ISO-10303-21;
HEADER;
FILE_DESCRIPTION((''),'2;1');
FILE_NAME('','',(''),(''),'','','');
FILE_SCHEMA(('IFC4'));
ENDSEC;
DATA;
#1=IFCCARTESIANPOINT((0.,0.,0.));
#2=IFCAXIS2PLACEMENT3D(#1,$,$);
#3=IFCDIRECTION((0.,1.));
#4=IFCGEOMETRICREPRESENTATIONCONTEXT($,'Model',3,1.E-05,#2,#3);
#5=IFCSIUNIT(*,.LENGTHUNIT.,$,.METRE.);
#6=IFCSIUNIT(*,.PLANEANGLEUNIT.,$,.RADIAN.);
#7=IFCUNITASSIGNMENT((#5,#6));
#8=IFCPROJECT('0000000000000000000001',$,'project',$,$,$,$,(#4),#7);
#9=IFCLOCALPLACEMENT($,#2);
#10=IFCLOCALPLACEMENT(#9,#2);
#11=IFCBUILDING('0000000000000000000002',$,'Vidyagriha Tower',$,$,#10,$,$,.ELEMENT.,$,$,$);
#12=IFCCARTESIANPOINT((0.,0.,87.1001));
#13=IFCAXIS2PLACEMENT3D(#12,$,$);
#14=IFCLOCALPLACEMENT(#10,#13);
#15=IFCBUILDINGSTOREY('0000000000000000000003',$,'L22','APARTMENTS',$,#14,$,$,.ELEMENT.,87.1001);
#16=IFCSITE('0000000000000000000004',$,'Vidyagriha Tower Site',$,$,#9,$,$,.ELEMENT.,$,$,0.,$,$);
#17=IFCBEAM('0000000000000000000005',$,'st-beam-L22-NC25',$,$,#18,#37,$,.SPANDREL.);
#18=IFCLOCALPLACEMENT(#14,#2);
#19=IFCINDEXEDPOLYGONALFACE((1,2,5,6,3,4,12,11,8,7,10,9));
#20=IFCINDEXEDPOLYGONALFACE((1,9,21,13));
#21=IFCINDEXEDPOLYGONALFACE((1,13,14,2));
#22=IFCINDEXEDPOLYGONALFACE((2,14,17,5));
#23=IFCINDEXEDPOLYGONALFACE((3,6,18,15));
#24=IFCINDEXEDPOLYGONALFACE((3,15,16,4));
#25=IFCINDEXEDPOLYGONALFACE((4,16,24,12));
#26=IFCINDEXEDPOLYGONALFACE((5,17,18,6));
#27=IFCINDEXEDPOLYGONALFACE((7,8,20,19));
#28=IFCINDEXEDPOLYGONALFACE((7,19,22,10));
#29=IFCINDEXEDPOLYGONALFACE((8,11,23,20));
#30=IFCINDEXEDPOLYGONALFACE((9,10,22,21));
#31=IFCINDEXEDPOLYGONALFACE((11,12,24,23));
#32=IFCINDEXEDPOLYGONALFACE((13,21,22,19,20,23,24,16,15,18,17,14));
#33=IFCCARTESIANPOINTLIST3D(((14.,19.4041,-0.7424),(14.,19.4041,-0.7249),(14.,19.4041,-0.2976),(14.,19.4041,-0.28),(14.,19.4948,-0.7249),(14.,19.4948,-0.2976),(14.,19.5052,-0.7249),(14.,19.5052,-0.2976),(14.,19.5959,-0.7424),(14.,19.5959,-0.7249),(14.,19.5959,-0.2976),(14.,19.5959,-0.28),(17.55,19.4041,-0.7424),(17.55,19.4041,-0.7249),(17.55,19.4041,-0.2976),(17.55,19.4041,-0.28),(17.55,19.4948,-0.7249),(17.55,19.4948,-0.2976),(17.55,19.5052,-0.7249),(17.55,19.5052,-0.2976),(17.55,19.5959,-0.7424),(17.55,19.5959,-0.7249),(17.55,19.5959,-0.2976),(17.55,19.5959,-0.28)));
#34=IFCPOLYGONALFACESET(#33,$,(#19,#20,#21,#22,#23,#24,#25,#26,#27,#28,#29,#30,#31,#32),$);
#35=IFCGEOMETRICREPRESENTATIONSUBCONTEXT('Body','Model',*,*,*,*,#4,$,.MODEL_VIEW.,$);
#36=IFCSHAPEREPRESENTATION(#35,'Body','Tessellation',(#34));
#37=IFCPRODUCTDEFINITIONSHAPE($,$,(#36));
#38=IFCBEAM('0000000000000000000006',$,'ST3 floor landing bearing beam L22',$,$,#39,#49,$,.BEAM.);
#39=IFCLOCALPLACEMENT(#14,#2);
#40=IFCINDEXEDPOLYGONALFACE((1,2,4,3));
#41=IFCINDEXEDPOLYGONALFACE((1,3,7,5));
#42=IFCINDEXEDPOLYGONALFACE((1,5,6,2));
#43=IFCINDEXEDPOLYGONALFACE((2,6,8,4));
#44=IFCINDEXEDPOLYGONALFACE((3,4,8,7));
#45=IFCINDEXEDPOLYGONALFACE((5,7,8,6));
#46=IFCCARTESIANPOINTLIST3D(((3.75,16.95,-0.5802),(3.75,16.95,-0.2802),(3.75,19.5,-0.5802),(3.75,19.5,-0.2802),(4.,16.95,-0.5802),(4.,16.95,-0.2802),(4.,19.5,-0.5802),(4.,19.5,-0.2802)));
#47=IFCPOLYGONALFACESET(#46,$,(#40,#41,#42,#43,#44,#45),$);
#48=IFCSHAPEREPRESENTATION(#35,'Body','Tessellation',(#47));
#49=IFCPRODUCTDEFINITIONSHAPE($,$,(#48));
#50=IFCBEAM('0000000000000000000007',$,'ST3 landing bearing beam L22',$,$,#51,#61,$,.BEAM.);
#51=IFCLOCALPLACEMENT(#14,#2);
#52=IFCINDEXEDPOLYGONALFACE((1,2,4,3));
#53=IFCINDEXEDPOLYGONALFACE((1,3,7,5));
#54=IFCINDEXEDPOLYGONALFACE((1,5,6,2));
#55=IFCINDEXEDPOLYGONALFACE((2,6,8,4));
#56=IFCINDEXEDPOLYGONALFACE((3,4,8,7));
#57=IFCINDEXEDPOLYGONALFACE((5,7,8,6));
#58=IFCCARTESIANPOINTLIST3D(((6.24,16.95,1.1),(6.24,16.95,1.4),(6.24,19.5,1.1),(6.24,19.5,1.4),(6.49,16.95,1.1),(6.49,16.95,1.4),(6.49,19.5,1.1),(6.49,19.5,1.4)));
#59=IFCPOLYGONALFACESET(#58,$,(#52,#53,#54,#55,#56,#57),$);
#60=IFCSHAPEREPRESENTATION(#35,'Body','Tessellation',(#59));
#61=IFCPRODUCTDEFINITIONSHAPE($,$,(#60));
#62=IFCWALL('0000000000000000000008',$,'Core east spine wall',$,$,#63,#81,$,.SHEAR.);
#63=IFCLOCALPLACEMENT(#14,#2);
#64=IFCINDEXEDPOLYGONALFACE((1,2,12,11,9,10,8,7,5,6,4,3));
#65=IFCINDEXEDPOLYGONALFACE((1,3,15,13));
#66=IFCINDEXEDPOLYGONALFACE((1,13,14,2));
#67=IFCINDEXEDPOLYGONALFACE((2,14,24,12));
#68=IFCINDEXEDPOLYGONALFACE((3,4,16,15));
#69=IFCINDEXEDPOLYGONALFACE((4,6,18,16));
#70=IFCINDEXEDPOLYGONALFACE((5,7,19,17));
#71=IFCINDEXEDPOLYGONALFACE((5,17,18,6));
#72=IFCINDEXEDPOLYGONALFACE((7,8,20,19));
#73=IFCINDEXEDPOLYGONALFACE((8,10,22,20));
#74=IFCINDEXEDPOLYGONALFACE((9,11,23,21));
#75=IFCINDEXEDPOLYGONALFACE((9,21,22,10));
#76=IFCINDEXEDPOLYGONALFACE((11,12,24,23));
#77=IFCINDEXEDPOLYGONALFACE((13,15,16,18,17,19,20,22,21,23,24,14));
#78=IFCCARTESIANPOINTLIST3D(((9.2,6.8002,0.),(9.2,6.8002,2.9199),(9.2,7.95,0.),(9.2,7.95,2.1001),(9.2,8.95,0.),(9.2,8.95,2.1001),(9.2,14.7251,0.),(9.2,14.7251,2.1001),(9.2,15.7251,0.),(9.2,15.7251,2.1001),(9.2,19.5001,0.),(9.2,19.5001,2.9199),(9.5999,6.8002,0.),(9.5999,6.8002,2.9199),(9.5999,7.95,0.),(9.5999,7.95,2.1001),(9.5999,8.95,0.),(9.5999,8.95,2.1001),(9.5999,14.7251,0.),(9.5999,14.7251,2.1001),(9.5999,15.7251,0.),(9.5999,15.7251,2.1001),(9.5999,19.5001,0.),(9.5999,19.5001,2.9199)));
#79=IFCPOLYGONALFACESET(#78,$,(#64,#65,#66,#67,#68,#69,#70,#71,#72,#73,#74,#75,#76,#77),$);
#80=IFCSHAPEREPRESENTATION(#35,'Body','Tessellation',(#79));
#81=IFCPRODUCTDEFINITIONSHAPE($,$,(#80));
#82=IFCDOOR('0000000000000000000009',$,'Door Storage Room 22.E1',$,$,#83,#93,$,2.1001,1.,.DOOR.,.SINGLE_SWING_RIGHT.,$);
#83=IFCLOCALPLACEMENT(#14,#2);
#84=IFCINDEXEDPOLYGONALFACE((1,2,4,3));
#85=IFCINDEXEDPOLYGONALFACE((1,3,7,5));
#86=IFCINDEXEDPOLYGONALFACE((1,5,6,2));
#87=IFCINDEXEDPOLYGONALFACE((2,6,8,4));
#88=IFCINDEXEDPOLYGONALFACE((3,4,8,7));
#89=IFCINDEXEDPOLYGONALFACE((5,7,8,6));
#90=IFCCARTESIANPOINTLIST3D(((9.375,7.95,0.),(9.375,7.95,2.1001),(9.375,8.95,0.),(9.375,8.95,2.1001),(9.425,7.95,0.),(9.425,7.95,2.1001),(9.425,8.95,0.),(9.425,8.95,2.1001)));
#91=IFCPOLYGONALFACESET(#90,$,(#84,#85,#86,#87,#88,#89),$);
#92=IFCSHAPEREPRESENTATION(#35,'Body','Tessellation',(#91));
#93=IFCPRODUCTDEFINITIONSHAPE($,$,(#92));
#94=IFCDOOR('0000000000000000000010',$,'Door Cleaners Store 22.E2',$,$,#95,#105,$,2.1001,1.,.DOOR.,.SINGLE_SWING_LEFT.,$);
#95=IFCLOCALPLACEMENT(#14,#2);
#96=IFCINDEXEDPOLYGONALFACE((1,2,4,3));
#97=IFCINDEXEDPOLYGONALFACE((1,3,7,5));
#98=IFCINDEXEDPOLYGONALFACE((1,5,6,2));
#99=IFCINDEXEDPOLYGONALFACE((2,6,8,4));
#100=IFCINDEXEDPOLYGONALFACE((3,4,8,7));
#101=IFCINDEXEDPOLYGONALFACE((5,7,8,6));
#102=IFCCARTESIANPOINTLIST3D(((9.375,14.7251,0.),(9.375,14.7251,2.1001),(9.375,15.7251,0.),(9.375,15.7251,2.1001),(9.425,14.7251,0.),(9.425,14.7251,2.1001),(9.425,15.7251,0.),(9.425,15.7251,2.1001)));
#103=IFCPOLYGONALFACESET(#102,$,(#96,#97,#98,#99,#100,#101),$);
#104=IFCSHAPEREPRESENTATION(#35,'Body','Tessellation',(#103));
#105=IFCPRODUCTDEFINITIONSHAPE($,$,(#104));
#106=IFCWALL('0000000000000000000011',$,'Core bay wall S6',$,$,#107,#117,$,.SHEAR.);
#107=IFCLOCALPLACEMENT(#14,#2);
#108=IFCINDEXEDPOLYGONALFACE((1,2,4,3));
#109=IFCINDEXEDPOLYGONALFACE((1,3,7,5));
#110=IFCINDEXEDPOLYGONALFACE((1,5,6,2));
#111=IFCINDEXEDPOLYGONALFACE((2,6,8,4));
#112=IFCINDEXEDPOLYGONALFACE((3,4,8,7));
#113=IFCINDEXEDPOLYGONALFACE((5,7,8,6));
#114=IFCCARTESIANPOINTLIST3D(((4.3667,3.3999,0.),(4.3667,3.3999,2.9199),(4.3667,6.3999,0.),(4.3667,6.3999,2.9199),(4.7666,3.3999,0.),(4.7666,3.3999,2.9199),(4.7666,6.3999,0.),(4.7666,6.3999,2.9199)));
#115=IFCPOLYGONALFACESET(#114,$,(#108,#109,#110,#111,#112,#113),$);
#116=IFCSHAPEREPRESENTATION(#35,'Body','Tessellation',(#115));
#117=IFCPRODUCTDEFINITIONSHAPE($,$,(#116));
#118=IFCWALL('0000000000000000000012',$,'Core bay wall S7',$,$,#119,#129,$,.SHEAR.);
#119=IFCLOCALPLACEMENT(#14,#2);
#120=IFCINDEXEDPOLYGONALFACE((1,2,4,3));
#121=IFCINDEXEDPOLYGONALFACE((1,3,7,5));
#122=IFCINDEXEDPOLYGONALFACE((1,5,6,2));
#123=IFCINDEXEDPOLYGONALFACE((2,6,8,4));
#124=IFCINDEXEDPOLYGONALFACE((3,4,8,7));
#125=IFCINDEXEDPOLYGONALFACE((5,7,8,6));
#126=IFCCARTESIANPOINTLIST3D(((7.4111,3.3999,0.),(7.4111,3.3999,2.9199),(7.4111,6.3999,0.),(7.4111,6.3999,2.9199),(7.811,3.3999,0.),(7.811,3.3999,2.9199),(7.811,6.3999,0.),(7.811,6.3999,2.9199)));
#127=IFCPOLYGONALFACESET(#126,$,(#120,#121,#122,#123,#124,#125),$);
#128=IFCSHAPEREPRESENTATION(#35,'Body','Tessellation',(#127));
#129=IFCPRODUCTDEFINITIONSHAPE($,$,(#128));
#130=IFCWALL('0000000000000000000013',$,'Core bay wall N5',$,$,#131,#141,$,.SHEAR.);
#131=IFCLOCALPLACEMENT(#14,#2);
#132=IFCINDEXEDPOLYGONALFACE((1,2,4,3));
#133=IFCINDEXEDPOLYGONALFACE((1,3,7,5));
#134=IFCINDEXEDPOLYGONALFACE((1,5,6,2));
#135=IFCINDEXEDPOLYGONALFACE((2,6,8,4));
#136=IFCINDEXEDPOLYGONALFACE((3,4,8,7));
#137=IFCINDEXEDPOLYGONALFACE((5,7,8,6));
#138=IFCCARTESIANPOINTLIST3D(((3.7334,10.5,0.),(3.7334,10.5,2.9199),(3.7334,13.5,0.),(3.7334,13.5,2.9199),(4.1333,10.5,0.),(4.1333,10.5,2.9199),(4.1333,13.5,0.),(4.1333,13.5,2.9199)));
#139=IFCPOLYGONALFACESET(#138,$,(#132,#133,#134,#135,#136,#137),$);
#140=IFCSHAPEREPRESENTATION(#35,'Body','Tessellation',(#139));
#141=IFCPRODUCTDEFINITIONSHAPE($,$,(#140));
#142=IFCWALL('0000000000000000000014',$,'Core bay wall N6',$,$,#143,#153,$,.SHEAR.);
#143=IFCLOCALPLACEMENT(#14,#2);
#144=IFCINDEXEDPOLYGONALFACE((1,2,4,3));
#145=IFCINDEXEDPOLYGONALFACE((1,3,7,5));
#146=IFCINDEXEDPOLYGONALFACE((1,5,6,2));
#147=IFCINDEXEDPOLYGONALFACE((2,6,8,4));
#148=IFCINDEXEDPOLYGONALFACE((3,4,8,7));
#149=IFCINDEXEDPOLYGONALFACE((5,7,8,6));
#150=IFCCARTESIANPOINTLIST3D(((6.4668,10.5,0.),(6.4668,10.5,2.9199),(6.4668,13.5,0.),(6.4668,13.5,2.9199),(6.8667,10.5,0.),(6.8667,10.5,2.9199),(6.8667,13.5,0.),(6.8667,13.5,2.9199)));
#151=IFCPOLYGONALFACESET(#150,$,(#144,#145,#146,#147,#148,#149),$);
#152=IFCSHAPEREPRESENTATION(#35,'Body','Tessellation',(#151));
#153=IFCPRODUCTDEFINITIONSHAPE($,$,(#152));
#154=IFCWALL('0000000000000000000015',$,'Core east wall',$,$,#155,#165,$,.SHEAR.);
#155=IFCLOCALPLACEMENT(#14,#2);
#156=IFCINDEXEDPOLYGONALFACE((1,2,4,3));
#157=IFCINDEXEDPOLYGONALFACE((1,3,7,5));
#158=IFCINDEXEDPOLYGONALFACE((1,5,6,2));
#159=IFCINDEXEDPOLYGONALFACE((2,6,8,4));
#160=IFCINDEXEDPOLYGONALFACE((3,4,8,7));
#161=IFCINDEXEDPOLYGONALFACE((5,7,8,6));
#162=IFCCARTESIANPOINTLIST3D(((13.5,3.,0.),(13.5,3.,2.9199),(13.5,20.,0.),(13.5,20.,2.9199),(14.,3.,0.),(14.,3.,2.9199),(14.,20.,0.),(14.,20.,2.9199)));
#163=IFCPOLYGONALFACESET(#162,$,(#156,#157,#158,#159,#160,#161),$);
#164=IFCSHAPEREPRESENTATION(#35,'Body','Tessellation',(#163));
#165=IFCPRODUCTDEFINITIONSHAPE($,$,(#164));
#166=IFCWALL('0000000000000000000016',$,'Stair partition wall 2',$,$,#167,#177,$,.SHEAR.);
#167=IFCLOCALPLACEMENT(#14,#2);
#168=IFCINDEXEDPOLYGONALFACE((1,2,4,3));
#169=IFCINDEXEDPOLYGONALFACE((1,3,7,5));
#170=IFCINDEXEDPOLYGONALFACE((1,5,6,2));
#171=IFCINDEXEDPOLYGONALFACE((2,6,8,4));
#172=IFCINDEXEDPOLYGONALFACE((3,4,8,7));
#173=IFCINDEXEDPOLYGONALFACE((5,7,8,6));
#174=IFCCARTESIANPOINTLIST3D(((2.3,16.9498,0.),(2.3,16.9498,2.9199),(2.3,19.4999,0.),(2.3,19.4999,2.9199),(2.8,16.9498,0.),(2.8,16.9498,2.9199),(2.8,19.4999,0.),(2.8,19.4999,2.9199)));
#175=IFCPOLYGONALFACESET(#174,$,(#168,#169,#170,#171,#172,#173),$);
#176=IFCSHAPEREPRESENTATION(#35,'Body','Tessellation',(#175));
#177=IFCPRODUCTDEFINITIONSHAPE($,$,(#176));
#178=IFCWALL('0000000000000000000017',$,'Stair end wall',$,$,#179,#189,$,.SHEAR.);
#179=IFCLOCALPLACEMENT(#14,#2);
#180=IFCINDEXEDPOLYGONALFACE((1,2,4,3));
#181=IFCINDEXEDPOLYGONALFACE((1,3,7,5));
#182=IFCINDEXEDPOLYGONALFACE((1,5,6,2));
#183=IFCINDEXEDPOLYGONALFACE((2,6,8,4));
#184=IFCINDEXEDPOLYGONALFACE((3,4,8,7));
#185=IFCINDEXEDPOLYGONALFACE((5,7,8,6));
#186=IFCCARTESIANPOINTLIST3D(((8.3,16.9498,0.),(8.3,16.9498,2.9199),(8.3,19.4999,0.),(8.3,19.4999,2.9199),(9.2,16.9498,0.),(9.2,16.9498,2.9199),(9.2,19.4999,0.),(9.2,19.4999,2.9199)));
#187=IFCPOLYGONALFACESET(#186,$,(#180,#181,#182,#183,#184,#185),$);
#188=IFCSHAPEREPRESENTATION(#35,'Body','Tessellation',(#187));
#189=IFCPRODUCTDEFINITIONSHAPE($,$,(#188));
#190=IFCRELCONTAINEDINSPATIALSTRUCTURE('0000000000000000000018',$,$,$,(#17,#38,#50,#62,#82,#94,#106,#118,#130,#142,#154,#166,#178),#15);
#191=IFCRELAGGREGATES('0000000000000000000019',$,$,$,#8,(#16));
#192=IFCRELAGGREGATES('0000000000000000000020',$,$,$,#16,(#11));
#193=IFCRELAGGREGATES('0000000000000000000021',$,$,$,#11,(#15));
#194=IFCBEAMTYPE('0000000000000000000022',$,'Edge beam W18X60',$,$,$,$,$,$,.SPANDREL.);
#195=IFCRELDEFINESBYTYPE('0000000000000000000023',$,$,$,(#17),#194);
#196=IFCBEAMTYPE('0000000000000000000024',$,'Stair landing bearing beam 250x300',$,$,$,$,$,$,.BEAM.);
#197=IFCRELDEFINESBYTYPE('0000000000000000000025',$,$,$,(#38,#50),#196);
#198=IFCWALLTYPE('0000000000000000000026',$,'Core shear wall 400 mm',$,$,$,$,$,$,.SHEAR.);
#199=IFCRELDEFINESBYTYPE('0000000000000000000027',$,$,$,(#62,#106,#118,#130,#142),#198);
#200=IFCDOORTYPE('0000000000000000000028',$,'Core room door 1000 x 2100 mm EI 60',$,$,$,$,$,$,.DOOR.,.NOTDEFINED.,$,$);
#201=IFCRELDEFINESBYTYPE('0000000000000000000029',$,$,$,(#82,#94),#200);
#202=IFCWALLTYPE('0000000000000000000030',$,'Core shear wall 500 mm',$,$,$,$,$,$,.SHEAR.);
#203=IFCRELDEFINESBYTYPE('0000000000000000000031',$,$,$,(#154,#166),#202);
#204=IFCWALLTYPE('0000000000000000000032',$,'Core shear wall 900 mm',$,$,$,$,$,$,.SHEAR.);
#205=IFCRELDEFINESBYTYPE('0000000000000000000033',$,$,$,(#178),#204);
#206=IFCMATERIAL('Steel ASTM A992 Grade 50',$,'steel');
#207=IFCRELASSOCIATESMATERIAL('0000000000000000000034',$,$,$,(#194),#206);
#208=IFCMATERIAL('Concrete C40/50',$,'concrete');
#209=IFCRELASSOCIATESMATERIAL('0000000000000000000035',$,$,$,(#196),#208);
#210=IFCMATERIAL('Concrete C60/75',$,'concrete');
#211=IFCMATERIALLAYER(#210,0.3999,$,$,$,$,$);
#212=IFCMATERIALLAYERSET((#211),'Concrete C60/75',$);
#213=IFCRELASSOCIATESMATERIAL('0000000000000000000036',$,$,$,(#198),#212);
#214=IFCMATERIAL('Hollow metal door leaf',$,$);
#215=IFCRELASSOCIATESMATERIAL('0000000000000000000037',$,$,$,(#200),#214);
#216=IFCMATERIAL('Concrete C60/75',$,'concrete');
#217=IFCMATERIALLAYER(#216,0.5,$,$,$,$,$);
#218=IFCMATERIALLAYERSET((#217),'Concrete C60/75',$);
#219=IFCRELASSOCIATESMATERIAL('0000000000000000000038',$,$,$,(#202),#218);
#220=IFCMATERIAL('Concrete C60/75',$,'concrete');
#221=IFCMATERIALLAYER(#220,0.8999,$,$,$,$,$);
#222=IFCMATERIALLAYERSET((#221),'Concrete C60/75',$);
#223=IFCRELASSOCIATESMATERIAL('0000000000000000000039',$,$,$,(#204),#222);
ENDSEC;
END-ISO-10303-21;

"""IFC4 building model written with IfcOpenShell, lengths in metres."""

from ifc_helpers import new_model, si_unit, direction, frame, frame_2d, origin, origin_2d, place, context, subcontext, project, spatial, rectangle, i_section, extrude, material, layer, layer_set, material_profile, profile_set, type_object, element, fill, save


model = new_model("IFC4")

# Units and contexts
model_context = context("Model", 3, precision=1e-05, world=origin(), true_north=direction((0.0, 1.0)))
body_context = subcontext(model_context, "Body", "Model", "MODEL_VIEW")
ifc_project = project(units=[si_unit("LENGTHUNIT", "METRE"), si_unit("PLANEANGLEUNIT", "RADIAN")], contexts=[model_context])

# Site, building, storey
site_placement = place(None, origin())
site = spatial("IfcSite", under=ifc_project, at=site_placement, Name="Vidyagriha Tower Site", CompositionType="ELEMENT", RefElevation=0.0)
building_placement = place(site_placement, origin())
building = spatial("IfcBuilding", under=site, at=building_placement, Name="Vidyagriha Tower", CompositionType="ELEMENT")
storey_placement = place(building_placement, frame((0.0, 0.0, 87.1001)))
storey = spatial("IfcBuildingStorey", under=building, at=storey_placement, Name="L22", Description="APARTMENTS", CompositionType="ELEMENT", Elevation=87.1001)

# Beams
ifc_material_1 = material(Name="Steel ASTM A992 Grade 50", Category="steel")
ifc_material_profile_1 = material_profile(ifc_material_1, i_section(OverallWidth=0.1919, OverallDepth=0.4624, WebThickness=0.0105, FlangeThickness=0.0176, at=origin_2d()), Name="W18X60")
ifc_profile_set_1 = profile_set([ifc_material_profile_1], Name="Steel ASTM A992 Grade 50")
beam_type_1 = type_object("IfcBeamType", Name="Edge beam W18X60", PredefinedType="SPANDREL", material=ifc_profile_set_1)
beam_placement = place(storey_placement, frame((14.0, 19.5, -0.5112), z_axis=(1.0, 0.0, 0.0), x_axis=(0.0, 1.0, 0.0)))
element("IfcBeam", 1, at=beam_placement, inside=storey, type_object=beam_type_1, Name="st-beam-L22-NC25", PredefinedType="SPANDREL", context=body_context, shape_type="SweptSolid", body=[
    extrude(i_section(OverallWidth=0.1919, OverallDepth=0.4624, WebThickness=0.0105, FlangeThickness=0.0176, at=origin_2d()), origin(), (0.0, 0.0, 1.0), 3.55),
])
ifc_material_2 = material(Name="Concrete C40/50", Category="concrete")
ifc_material_profile_2 = material_profile(ifc_material_2, rectangle(XDim=0.25, YDim=0.3, at=origin_2d()), Name="Stair landing bearing beam 250x300")
ifc_profile_set_2 = profile_set([ifc_material_profile_2], Name="Concrete C40/50")
beam_type_2 = type_object("IfcBeamType", Name="Stair landing bearing beam 250x300", PredefinedType="BEAM", material=ifc_profile_set_2)
for number, where, z_axis, x_axis, name in (
    (2, (3.875, 16.95, -0.4302), (0.0, 1.0, 0.0), (-1.0, 0.0, 0.0), "ST3 floor landing bearing beam L22"),
    (3, (6.365, 16.95, 1.25), (0.0, 1.0, 0.0), (-1.0, 0.0, 0.0), "ST3 landing bearing beam L22"),
):
    element("IfcBeam", number, at=place(storey_placement, frame(where, z_axis=z_axis, x_axis=x_axis)), inside=storey, type_object=beam_type_2, Name=name, PredefinedType="BEAM", context=body_context, shape_type="SweptSolid", body=[
        extrude(rectangle(XDim=0.25, YDim=0.3, at=origin_2d()), origin(), (0.0, 0.0, 1.0), 2.55),
    ])

# Wall, openings, doors
ifc_material_3 = material(Name="Concrete C60/75", Category="concrete")
ifc_layer_1 = layer(ifc_material_3, 0.3999)
ifc_layer_set_1 = layer_set([ifc_layer_1], Name="Concrete C60/75")
wall_type_1 = type_object("IfcWallType", Name="Core shear wall 400 mm", PredefinedType="SHEAR", material=ifc_layer_set_1)
wall_1_placement = place(storey_placement, frame((9.3999, 6.8, 0.0), z_axis=(0.0, 0.0, 1.0), x_axis=(0.0, 1.0, 0.0)))
wall_1 = element("IfcWall", 4, at=wall_1_placement, inside=storey, type_object=wall_type_1, Name="Core east spine wall", PredefinedType="SHEAR", context=body_context, shape_type="SweptSolid", body=[
    extrude(rectangle(XDim=12.7, YDim=0.3999, at=frame_2d((6.3501, 0.0))), origin(), (0.0, 0.0, 1.0), 2.9199),
])
opening_1_placement = place(wall_1_placement, frame((1.1499, 0.0, 0.0)))
opening_1 = element("IfcOpeningElement", 5, at=opening_1_placement, cuts=wall_1, PredefinedType="OPENING", context=body_context, shape_type="SweptSolid", body=[
    extrude(rectangle(XDim=1.0, YDim=2.1001, at=frame_2d((0.5, 1.05))), frame((0.0, 0.21, 0.0), z_axis=(0.0, -1.0, 0.0), x_axis=(1.0, 0.0, 0.0)), (0.0, 0.0, 1.0), 0.4199),
])
opening_2_placement = place(wall_1_placement, frame((7.925, 0.0, 0.0)))
opening_2 = element("IfcOpeningElement", 6, at=opening_2_placement, cuts=wall_1, PredefinedType="OPENING", context=body_context, shape_type="SweptSolid", body=[
    extrude(rectangle(XDim=1.0, YDim=2.1001, at=frame_2d((0.5, 1.05))), frame((0.0, 0.21, 0.0), z_axis=(0.0, -1.0, 0.0), x_axis=(1.0, 0.0, 0.0)), (0.0, 0.0, 1.0), 0.4199),
])
ifc_material_4 = material(Name="Hollow metal door leaf")
door_type_1 = type_object("IfcDoorType", Name="Core room door 1000 x 2100 mm EI 60", OperationType="NOTDEFINED", PredefinedType="DOOR", material=ifc_material_4)
door_1_placement = place(opening_1_placement, origin())
door_1 = element("IfcDoor", 7, at=door_1_placement, inside=storey, type_object=door_type_1, Name="Door Storage Room 22.E1", OperationType="SINGLE_SWING_RIGHT", OverallHeight=2.1001, OverallWidth=1.0, PredefinedType="DOOR", context=body_context, shape_type="SweptSolid", body=[
    extrude(rectangle(XDim=1.0, YDim=2.1001, at=frame_2d((0.5, 1.05))), frame((0.0, 0.0249, 0.0), z_axis=(0.0, -1.0, 0.0), x_axis=(1.0, 0.0, 0.0)), (0.0, 0.0, 1.0), 0.05),
])
fill(opening_1, door_1)
door_2_placement = place(opening_2_placement, origin())
door_2 = element("IfcDoor", 8, at=door_2_placement, inside=storey, type_object=door_type_1, Name="Door Cleaners Store 22.E2", OperationType="SINGLE_SWING_LEFT", OverallHeight=2.1001, OverallWidth=1.0, PredefinedType="DOOR", context=body_context, shape_type="SweptSolid", body=[
    extrude(rectangle(XDim=1.0, YDim=2.1001, at=frame_2d((0.5, 1.05))), frame((0.0, 0.0249, 0.0), z_axis=(0.0, -1.0, 0.0), x_axis=(1.0, 0.0, 0.0)), (0.0, 0.0, 1.0), 0.05),
])
fill(opening_2, door_2)

# Walls
for number, where, z_axis, x_axis, name in (
    (9, (4.5667, 3.3999, 0.0), (0.0, 0.0, 1.0), (0.0, 1.0, 0.0), "Core bay wall S6"),
    (10, (7.6111, 3.3999, 0.0), (0.0, 0.0, 1.0), (0.0, 1.0, 0.0), "Core bay wall S7"),
    (11, (3.9333, 10.5, 0.0), (0.0, 0.0, 1.0), (0.0, 1.0, 0.0), "Core bay wall N5"),
    (12, (6.6667, 10.5, 0.0), (0.0, 0.0, 1.0), (0.0, 1.0, 0.0), "Core bay wall N6"),
):
    element("IfcWall", number, at=place(storey_placement, frame(where, z_axis=z_axis, x_axis=x_axis)), inside=storey, type_object=wall_type_1, Name=name, PredefinedType="SHEAR", context=body_context, shape_type="SweptSolid", body=[
        extrude(rectangle(XDim=3.0, YDim=0.3999, at=frame_2d((1.5, 0.0))), origin(), (0.0, 0.0, 1.0), 2.9199),
    ])
ifc_material_5 = material(Name="Concrete C60/75", Category="concrete")
ifc_layer_2 = layer(ifc_material_5, 0.5)
ifc_layer_set_2 = layer_set([ifc_layer_2], Name="Concrete C60/75")
wall_type_2 = type_object("IfcWallType", Name="Core shear wall 500 mm", PredefinedType="SHEAR", material=ifc_layer_set_2)
wall_2_placement = place(storey_placement, frame((13.75, 3.0, 0.0), z_axis=(0.0, 0.0, 1.0), x_axis=(0.0, 1.0, 0.0)))
element("IfcWall", 13, at=wall_2_placement, inside=storey, type_object=wall_type_2, Name="Core east wall", PredefinedType="SHEAR", context=body_context, shape_type="SweptSolid", body=[
    extrude(rectangle(XDim=17.0, YDim=0.5, at=frame_2d((8.5, 0.0))), origin(), (0.0, 0.0, 1.0), 2.9199),
])
wall_3_placement = place(storey_placement, frame((2.55, 16.95, 0.0), z_axis=(0.0, 0.0, 1.0), x_axis=(0.0, 1.0, 0.0)))
element("IfcWall", 14, at=wall_3_placement, inside=storey, type_object=wall_type_2, Name="Stair partition wall 2", PredefinedType="SHEAR", context=body_context, shape_type="SweptSolid", body=[
    extrude(rectangle(XDim=2.55, YDim=0.5, at=frame_2d((1.2749, 0.0))), origin(), (0.0, 0.0, 1.0), 2.9199),
])
ifc_material_6 = material(Name="Concrete C60/75", Category="concrete")
ifc_layer_3 = layer(ifc_material_6, 0.8999)
ifc_layer_set_3 = layer_set([ifc_layer_3], Name="Concrete C60/75")
wall_type_3 = type_object("IfcWallType", Name="Core shear wall 900 mm", PredefinedType="SHEAR", material=ifc_layer_set_3)
wall_4_placement = place(storey_placement, frame((8.75, 16.95, 0.0), z_axis=(0.0, 0.0, 1.0), x_axis=(0.0, 1.0, 0.0)))
element("IfcWall", 15, at=wall_4_placement, inside=storey, type_object=wall_type_3, Name="Stair end wall", PredefinedType="SHEAR", context=body_context, shape_type="SweptSolid", body=[
    extrude(rectangle(XDim=2.55, YDim=0.8999, at=frame_2d((1.2749, 0.0))), origin(), (0.0, 0.0, 1.0), 2.9199),
])

save(model, "model.ifc")
